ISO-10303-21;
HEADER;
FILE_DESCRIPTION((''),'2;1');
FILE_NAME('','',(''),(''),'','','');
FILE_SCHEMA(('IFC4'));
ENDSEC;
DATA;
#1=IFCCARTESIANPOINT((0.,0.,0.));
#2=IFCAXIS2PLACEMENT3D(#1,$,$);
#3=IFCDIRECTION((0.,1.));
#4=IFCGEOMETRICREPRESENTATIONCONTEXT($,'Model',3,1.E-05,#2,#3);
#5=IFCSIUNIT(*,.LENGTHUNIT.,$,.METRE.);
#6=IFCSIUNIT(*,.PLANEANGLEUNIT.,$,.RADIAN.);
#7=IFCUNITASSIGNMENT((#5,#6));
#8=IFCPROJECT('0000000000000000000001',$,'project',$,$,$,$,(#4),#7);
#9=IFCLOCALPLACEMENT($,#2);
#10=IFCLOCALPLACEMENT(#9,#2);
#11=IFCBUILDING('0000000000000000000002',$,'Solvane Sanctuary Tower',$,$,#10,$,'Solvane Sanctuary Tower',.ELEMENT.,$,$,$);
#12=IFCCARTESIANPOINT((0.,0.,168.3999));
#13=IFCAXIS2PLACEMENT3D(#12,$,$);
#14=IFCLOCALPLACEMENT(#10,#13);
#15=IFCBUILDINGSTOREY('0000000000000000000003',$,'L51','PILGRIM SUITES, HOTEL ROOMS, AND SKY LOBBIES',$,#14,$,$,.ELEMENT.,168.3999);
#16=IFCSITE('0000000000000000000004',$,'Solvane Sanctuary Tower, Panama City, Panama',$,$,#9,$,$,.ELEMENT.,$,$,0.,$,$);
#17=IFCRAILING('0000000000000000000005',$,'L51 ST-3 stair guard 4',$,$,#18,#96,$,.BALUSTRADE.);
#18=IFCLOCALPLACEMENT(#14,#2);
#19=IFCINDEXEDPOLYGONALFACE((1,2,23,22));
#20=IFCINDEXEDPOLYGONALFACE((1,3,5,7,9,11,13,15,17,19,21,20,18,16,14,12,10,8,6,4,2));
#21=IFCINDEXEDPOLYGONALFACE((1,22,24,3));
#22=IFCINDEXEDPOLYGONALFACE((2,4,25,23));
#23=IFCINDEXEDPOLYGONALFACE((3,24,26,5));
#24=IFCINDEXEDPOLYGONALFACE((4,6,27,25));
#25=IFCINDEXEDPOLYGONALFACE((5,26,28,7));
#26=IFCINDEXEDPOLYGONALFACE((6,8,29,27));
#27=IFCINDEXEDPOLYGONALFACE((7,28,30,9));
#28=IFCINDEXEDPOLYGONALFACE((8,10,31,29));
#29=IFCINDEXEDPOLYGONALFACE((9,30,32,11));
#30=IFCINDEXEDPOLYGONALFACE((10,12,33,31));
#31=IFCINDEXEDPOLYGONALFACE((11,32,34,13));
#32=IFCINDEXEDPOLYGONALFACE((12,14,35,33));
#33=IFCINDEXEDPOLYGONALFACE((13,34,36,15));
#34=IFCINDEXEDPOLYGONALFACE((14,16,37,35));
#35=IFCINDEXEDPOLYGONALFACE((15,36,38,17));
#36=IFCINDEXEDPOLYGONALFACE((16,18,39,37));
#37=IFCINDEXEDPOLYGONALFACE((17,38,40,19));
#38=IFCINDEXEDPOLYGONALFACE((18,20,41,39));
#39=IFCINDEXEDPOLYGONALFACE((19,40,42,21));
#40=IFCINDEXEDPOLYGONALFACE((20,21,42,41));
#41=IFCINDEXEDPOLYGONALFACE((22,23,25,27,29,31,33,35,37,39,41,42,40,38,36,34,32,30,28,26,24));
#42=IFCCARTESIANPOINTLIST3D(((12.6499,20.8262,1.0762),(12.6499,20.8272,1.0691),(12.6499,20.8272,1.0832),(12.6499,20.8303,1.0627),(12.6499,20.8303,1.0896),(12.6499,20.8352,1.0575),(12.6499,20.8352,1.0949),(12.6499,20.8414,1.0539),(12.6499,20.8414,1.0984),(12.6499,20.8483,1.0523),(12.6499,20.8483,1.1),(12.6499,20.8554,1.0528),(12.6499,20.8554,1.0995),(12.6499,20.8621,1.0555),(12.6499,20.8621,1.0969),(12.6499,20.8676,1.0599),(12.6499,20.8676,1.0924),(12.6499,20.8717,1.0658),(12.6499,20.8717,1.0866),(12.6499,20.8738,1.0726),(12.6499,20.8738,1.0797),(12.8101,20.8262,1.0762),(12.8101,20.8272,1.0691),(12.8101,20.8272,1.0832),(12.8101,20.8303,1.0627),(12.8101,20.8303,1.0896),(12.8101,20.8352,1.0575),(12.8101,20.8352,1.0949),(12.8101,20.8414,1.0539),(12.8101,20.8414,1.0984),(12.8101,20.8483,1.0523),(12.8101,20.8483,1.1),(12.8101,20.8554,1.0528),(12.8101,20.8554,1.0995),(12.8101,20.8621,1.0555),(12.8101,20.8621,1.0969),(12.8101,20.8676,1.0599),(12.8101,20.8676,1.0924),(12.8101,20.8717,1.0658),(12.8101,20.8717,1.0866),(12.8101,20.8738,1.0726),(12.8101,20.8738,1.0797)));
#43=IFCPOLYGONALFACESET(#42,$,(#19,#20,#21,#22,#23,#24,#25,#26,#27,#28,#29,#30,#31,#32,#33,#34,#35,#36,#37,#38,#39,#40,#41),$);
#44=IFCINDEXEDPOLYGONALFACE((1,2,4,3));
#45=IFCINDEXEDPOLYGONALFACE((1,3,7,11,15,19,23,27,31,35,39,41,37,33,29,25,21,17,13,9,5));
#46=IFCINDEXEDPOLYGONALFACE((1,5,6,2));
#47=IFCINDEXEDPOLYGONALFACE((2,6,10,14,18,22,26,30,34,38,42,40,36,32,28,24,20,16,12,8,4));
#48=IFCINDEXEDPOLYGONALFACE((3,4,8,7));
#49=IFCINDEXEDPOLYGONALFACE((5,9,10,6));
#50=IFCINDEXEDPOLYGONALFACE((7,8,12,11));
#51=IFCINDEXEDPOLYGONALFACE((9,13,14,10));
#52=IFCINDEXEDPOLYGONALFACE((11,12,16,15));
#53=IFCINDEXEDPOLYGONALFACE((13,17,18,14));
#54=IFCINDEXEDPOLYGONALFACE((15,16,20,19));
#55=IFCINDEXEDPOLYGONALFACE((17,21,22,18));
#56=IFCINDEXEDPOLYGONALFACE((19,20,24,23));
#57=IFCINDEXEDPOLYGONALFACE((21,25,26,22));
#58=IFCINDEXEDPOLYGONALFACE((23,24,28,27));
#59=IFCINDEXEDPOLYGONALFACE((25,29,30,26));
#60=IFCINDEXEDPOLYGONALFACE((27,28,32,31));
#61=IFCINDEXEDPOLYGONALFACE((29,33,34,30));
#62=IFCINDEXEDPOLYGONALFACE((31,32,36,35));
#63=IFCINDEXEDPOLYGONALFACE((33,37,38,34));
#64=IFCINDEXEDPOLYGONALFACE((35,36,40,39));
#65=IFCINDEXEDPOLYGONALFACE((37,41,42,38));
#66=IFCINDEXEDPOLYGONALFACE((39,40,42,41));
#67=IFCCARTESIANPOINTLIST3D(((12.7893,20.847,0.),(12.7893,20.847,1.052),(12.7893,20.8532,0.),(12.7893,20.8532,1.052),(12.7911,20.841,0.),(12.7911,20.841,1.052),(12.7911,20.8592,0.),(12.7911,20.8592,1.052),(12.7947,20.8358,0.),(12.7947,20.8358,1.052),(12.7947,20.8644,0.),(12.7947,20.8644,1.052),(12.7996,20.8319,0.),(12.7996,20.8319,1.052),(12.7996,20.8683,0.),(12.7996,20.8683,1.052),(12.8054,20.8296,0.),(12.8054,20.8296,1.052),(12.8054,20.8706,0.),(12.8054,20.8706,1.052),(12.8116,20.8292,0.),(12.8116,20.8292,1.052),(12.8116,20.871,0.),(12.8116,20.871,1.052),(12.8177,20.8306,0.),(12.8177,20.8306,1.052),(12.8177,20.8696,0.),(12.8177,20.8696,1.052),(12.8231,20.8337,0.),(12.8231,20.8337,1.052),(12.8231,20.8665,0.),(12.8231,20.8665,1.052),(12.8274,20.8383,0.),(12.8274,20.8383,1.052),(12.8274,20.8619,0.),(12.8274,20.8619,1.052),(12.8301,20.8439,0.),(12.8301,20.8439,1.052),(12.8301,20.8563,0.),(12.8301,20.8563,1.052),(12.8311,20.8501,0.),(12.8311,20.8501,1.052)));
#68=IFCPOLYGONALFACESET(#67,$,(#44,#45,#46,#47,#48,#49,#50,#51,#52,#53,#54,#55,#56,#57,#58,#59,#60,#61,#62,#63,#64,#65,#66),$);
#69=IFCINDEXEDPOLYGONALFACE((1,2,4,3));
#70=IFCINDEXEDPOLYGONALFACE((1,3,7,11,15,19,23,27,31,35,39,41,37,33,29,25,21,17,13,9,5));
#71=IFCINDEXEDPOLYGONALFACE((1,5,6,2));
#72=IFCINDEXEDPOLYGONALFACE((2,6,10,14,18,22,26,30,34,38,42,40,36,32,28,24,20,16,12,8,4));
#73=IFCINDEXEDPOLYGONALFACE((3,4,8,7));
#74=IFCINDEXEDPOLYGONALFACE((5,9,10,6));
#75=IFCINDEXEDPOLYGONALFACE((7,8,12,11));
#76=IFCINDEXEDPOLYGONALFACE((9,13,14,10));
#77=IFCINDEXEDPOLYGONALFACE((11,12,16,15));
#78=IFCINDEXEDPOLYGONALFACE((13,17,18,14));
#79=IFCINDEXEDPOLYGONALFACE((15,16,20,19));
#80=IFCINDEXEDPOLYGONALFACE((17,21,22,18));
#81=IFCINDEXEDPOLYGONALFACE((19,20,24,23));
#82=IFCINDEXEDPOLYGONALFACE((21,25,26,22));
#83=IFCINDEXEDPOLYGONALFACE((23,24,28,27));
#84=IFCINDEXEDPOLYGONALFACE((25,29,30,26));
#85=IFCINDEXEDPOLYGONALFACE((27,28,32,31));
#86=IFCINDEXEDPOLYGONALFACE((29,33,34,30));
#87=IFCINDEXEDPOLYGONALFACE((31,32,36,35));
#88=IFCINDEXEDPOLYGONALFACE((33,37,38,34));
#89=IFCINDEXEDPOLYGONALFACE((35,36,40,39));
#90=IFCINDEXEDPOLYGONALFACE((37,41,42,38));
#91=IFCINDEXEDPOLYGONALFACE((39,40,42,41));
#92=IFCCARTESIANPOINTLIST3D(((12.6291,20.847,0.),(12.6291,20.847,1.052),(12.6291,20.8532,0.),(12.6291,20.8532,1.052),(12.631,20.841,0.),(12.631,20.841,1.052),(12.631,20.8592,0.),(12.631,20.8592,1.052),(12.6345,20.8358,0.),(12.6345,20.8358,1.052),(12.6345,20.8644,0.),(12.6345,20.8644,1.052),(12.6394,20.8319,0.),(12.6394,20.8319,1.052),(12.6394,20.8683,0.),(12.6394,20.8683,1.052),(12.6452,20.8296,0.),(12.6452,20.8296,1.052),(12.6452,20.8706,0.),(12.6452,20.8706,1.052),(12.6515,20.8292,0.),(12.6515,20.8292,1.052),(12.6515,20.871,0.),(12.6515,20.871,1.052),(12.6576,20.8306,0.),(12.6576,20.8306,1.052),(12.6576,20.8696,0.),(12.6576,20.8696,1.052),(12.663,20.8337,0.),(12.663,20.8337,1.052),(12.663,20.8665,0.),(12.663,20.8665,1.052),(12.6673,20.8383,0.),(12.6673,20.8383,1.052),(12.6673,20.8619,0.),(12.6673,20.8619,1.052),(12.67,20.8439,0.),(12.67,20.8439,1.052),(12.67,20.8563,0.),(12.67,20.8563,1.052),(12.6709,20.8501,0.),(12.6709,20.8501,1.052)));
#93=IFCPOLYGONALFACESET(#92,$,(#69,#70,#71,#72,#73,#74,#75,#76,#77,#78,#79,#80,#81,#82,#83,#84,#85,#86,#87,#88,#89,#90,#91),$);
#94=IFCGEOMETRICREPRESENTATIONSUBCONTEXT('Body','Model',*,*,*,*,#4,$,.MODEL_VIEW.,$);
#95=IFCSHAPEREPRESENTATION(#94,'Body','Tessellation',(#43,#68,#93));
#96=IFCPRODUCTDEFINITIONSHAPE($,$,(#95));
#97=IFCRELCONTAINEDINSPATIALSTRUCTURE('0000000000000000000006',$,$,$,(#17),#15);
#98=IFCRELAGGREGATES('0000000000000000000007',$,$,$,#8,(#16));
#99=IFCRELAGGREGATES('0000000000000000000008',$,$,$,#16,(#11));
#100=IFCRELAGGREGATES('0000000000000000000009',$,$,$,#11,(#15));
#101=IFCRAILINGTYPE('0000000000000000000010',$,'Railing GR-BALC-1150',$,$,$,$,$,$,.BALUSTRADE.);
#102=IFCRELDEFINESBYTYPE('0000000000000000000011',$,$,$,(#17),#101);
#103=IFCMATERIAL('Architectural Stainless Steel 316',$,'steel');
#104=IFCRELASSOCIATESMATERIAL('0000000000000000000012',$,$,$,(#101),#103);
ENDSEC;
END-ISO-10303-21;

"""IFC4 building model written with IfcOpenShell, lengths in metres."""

from ifc_helpers import new_model, si_unit, direction, frame, origin, origin_2d, place, context, subcontext, project, spatial, circle, extrude, material, type_object, element, save


model = new_model("IFC4")

# Units and contexts
model_context = context("Model", 3, precision=1e-05, world=origin(), true_north=direction((0.0, 1.0)))
body_context = subcontext(model_context, "Body", "Model", "MODEL_VIEW")
ifc_project = project(units=[si_unit("LENGTHUNIT", "METRE"), si_unit("PLANEANGLEUNIT", "RADIAN")], contexts=[model_context])

# Site, building, storey
site_placement = place(None, origin())
site = spatial("IfcSite", under=ifc_project, at=site_placement, Name="Solvane Sanctuary Tower, Panama City, Panama", CompositionType="ELEMENT", RefElevation=0.0)
building_placement = place(site_placement, origin())
building = spatial("IfcBuilding", under=site, at=building_placement, Name="Solvane Sanctuary Tower", LongName="Solvane Sanctuary Tower", CompositionType="ELEMENT")
storey_placement = place(building_placement, frame((0.0, 0.0, 168.3999)))
storey = spatial("IfcBuildingStorey", under=building, at=storey_placement, Name="L51", Description="PILGRIM SUITES, HOTEL ROOMS, AND SKY LOBBIES", CompositionType="ELEMENT", Elevation=168.3999)

# Shared definitions
ifc_material_1 = material(Name="Architectural Stainless Steel 316", Category="steel")

# Railing
railing_type_1 = type_object("IfcRailingType", Name="Railing GR-BALC-1150", PredefinedType="BALUSTRADE", material=ifc_material_1)
railing_1_placement = place(storey_placement, frame((12.8101, 20.8501, 0.0)))
element("IfcRailing", 1, at=railing_1_placement, inside=storey, type_object=railing_type_1, Name="L51 ST-3 stair guard 4", PredefinedType="BALUSTRADE", context=body_context, shape_type="SweptSolid", body=[
    extrude(circle(Radius=0.0239, at=origin_2d()), frame((0.0, 0.0, 1.0762), z_axis=(-1.0, 0.0, 0.0), x_axis=(0.0, -1.0, 0.0)), (0.0, 0.0, 1.0), 0.1602),
    extrude(circle(Radius=0.021, at=origin_2d()), origin(), (0.0, 0.0, 1.0), 1.052),
    extrude(circle(Radius=0.021, at=origin_2d()), frame((-0.1602, 0.0, 0.0)), (0.0, 0.0, 1.0), 1.052),
])

save(model, "model.ifc")
